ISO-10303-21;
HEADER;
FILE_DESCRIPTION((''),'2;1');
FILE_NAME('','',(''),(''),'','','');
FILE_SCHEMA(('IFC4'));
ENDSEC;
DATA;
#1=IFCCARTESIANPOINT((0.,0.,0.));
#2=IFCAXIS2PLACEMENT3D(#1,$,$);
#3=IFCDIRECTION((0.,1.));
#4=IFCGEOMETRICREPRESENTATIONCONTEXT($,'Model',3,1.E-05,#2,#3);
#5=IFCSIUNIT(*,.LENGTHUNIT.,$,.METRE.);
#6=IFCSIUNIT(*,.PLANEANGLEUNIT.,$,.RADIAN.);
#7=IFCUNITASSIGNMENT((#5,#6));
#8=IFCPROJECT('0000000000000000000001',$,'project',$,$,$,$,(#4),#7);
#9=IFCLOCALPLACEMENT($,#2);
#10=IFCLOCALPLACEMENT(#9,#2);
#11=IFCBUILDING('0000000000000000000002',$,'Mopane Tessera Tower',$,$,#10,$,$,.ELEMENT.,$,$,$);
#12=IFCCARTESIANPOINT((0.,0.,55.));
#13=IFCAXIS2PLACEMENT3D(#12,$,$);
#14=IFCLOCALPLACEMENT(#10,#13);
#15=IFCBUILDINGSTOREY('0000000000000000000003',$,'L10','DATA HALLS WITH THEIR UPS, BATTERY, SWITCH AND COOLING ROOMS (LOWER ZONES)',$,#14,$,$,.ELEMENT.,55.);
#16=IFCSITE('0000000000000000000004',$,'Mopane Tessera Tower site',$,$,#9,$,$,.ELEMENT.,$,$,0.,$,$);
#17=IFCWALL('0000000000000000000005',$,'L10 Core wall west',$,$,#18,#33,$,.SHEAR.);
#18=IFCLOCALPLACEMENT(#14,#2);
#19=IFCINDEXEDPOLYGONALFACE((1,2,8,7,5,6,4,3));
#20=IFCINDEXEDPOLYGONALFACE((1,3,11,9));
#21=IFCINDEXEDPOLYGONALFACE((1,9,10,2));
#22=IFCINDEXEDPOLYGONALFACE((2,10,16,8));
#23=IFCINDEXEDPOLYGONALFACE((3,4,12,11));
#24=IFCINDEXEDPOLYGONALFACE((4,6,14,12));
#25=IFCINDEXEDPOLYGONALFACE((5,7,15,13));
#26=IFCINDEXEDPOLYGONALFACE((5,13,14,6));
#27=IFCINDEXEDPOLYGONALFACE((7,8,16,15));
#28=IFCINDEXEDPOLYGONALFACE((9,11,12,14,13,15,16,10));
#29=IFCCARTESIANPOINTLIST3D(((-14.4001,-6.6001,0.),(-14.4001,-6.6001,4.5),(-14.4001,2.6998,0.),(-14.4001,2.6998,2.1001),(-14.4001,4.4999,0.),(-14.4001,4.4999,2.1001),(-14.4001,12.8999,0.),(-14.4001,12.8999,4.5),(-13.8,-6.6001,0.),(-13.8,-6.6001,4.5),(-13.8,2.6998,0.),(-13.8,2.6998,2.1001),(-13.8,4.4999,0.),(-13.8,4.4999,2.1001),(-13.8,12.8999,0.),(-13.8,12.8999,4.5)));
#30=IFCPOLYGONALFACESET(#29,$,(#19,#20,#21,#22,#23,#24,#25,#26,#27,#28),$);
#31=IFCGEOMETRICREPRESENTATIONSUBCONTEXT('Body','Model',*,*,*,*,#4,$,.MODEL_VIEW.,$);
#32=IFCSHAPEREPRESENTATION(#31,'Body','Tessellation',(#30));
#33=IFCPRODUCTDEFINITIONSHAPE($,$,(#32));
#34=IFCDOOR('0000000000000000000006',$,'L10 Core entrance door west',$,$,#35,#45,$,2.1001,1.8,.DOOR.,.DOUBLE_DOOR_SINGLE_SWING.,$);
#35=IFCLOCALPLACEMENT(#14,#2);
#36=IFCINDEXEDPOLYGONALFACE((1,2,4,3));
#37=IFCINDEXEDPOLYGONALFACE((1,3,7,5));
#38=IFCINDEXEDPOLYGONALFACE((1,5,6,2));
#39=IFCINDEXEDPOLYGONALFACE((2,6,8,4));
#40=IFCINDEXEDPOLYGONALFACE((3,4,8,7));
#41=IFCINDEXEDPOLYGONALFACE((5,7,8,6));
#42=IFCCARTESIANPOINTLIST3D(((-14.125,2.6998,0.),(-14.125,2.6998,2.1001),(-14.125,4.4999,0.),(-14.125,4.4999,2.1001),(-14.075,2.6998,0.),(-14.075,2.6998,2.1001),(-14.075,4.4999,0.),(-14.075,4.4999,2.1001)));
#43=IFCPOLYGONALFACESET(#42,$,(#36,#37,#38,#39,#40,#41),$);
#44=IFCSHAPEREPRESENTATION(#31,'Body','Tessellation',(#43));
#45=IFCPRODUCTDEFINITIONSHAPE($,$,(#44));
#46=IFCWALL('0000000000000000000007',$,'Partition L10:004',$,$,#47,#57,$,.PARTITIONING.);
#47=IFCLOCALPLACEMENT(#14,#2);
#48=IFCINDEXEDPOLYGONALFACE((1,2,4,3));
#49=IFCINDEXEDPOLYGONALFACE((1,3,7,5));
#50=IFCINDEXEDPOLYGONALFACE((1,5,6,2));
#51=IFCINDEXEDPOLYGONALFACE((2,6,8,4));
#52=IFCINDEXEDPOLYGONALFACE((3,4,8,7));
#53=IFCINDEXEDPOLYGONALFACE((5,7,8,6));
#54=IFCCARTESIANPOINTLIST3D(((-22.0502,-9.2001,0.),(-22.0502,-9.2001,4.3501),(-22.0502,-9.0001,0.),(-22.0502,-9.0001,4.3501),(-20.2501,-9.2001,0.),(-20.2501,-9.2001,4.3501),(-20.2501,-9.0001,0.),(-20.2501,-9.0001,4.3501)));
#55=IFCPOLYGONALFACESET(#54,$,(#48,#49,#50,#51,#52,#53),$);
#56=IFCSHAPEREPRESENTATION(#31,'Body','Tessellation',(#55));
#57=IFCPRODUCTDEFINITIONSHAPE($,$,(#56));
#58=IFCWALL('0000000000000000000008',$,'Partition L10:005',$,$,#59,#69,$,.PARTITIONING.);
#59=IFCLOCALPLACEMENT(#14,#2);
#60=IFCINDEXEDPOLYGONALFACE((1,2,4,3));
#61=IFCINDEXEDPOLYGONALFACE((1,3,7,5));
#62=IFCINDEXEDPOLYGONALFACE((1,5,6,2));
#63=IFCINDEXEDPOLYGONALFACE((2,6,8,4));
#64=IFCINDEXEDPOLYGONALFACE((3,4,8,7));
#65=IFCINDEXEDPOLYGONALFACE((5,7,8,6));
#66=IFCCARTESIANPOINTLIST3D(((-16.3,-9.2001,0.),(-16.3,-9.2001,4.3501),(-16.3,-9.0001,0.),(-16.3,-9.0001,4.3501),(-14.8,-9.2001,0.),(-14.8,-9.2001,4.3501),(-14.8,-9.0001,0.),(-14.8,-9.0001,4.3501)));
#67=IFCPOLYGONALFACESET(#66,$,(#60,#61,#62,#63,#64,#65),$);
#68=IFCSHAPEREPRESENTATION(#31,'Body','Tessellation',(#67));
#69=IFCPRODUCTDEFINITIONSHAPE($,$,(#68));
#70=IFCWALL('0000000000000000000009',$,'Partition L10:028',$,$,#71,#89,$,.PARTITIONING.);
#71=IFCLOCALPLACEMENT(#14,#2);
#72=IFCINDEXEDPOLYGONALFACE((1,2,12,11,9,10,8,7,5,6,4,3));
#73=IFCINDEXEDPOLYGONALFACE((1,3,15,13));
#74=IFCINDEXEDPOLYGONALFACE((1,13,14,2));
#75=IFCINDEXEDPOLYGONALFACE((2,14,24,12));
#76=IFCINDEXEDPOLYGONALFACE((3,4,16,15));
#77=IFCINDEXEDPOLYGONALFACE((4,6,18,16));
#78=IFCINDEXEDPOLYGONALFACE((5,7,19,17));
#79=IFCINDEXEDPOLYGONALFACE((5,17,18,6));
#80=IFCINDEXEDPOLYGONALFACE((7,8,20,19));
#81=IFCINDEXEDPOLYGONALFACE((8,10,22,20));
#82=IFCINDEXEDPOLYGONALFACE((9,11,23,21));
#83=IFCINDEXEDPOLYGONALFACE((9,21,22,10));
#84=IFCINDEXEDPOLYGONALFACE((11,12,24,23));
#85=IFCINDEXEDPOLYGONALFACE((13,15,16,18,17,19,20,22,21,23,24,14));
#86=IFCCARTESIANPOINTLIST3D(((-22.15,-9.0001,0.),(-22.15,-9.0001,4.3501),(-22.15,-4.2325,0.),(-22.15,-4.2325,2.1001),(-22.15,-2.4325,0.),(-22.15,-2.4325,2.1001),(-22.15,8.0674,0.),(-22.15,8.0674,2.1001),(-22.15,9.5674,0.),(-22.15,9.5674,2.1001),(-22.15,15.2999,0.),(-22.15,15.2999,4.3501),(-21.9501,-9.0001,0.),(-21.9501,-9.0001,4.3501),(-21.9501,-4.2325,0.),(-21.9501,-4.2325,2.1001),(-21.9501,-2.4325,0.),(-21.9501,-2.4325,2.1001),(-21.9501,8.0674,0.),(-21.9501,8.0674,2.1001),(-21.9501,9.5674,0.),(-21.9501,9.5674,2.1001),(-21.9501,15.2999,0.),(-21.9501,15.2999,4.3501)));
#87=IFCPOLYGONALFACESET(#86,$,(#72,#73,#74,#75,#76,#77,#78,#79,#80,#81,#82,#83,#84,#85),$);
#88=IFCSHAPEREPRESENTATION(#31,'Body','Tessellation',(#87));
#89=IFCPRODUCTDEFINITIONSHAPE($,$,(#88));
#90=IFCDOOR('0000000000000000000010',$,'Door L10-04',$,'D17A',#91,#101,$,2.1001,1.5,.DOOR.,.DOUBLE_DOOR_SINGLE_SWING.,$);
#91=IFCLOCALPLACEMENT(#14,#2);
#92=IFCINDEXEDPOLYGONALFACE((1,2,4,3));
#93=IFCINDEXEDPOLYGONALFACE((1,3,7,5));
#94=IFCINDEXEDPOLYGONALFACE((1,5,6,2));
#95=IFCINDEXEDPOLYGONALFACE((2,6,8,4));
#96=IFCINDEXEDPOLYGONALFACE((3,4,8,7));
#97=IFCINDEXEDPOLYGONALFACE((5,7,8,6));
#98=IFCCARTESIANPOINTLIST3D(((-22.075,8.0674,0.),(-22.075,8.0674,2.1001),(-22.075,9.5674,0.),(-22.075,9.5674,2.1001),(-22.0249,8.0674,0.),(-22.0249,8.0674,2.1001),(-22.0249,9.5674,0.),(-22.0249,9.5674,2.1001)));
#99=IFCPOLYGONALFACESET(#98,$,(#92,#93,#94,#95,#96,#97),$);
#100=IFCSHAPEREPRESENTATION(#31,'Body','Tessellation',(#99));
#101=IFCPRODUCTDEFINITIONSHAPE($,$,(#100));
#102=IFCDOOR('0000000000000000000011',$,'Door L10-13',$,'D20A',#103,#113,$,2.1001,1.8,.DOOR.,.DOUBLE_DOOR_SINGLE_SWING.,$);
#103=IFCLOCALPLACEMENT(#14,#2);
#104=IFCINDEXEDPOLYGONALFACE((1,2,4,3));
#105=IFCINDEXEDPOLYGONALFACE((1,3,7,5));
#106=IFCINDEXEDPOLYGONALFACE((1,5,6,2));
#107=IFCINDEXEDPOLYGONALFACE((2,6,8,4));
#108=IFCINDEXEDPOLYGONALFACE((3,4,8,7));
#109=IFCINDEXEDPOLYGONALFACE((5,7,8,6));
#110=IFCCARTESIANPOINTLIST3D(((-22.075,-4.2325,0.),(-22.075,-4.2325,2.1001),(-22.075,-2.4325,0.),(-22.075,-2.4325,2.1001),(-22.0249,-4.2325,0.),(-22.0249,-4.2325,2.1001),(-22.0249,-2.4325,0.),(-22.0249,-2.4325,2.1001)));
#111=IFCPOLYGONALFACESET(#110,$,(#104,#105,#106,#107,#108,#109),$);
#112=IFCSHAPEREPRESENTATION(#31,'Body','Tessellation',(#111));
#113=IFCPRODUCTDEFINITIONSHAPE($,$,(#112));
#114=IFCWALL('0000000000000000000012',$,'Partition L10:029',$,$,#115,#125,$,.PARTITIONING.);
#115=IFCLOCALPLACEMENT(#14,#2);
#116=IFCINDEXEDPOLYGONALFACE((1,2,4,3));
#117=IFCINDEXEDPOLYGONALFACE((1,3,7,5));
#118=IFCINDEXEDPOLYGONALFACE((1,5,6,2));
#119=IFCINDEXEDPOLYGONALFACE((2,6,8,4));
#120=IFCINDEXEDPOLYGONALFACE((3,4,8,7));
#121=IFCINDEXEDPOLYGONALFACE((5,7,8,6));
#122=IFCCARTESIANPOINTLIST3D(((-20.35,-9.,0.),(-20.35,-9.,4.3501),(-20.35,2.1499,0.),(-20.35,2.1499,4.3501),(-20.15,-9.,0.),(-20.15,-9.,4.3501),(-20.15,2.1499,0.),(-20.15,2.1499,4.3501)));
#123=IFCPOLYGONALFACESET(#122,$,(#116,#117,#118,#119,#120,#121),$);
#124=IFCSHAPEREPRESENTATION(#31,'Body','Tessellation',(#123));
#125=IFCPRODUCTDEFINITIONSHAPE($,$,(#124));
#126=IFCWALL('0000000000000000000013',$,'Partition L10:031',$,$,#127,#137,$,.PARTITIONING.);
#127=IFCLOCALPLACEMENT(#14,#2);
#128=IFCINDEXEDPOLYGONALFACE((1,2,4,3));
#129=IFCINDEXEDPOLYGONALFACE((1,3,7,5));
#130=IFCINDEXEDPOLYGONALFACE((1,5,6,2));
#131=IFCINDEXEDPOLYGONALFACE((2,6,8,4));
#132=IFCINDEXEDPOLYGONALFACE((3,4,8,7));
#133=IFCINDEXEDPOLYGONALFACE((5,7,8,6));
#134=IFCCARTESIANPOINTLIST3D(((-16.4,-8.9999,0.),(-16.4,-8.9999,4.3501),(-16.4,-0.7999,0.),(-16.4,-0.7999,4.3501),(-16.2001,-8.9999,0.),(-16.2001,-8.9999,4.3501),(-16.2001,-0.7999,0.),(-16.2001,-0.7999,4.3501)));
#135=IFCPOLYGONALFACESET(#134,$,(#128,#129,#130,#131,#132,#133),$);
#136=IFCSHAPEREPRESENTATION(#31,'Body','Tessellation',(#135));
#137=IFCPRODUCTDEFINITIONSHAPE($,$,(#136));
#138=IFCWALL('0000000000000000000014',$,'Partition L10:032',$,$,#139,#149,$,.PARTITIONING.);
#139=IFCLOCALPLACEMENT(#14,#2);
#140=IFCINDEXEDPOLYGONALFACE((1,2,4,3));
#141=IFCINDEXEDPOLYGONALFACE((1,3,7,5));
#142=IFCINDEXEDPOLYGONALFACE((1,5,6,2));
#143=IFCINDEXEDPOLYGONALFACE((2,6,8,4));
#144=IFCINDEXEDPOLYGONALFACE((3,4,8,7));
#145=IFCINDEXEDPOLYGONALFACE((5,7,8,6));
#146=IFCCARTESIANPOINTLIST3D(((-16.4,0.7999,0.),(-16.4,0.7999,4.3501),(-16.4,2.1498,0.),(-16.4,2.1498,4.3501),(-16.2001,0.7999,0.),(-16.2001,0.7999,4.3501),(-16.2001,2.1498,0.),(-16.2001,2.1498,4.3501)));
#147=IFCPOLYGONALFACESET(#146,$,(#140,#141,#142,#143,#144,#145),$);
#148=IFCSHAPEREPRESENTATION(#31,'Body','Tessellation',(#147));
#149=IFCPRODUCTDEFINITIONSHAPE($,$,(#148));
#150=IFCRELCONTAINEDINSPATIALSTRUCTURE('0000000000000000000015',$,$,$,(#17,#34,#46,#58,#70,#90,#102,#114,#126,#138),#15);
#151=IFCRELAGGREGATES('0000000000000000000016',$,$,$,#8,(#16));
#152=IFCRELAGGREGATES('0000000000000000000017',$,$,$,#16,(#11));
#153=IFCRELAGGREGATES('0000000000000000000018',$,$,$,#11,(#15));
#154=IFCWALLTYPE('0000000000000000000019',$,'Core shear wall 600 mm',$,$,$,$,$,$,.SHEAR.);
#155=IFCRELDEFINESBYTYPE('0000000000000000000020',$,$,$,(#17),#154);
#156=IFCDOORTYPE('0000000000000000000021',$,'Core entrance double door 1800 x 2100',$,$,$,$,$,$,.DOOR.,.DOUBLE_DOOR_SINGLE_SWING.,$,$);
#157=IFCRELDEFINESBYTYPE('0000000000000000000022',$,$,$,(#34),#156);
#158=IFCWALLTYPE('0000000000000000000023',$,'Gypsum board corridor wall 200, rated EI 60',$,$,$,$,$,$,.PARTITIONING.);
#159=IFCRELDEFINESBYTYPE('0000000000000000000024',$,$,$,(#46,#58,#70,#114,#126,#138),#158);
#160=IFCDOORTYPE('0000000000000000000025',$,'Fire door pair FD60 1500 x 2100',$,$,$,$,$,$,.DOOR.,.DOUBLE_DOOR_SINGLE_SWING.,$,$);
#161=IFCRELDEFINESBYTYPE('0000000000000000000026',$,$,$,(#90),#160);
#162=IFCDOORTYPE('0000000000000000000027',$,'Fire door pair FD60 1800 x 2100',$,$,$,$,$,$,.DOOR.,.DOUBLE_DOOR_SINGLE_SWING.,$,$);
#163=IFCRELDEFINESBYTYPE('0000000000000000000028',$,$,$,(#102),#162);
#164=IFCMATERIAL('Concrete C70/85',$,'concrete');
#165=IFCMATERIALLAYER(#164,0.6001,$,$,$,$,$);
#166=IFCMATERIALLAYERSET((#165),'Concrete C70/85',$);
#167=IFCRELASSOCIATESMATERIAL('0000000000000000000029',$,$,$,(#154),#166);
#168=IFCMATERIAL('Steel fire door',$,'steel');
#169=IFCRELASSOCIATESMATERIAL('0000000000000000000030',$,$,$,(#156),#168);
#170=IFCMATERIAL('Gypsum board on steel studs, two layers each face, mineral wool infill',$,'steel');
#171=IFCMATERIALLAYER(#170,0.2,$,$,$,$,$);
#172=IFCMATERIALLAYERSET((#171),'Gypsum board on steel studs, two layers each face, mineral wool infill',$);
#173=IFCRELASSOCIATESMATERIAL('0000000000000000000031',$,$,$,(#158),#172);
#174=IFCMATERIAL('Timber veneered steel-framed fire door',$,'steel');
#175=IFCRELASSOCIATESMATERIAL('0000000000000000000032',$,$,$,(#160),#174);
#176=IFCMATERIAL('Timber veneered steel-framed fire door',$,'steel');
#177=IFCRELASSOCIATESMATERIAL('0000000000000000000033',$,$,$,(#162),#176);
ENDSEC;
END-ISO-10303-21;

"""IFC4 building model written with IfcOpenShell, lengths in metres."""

from ifc_helpers import new_model, si_unit, direction, frame, frame_2d, origin, place, context, subcontext, project, spatial, rectangle, extrude, material, layer, layer_set, type_object, element, fill, save


model = new_model("IFC4")

# Units and contexts
model_context = context("Model", 3, precision=1e-05, world=origin(), true_north=direction((0.0, 1.0)))
body_context = subcontext(model_context, "Body", "Model", "MODEL_VIEW")
ifc_project = project(units=[si_unit("LENGTHUNIT", "METRE"), si_unit("PLANEANGLEUNIT", "RADIAN")], contexts=[model_context])

# Site, building, storey
site_placement = place(None, origin())
site = spatial("IfcSite", under=ifc_project, at=site_placement, Name="Mopane Tessera Tower site", CompositionType="ELEMENT", RefElevation=0.0)
building_placement = place(site_placement, origin())
building = spatial("IfcBuilding", under=site, at=building_placement, Name="Mopane Tessera Tower", CompositionType="ELEMENT")
storey_placement = place(building_placement, frame((0.0, 0.0, 55.0)))
storey = spatial("IfcBuildingStorey", under=building, at=storey_placement, Name="L10", Description="DATA HALLS WITH THEIR UPS, BATTERY, SWITCH AND COOLING ROOMS (LOWER ZONES)", CompositionType="ELEMENT", Elevation=55.0)

# Shared definitions
ifc_material_1 = material(Name="Concrete C70/85", Category="concrete")
ifc_layer_1 = layer(ifc_material_1, 0.6001)
ifc_layer_set_1 = layer_set([ifc_layer_1], Name="Concrete C70/85")
wall_type_1 = type_object("IfcWallType", Name="Core shear wall 600 mm", PredefinedType="SHEAR", material=ifc_layer_set_1)
ifc_material_2 = material(Name="Steel fire door", Category="steel")
door_type_1 = type_object("IfcDoorType", Name="Core entrance double door 1800 x 2100", OperationType="DOUBLE_DOOR_SINGLE_SWING", PredefinedType="DOOR", material=ifc_material_2)

# Wall, opening, door
wall_1_placement = place(storey_placement, frame((-14.1001, -6.6001, 0.0), z_axis=(0.0, 0.0, 1.0), x_axis=(0.0, 1.0, 0.0)))
wall_1 = element("IfcWall", 1, at=wall_1_placement, inside=storey, type_object=wall_type_1, Name="L10 Core wall west", PredefinedType="SHEAR", context=body_context, shape_type="SweptSolid", body=[
    extrude(rectangle(XDim=19.5, YDim=0.6001, at=frame_2d((9.75, 0.0))), origin(), (0.0, 0.0, 1.0), 4.5),
])
opening_1_placement = place(wall_1_placement, frame((9.3, 0.0, 0.0)))
opening_1 = element("IfcOpeningElement", 2, at=opening_1_placement, cuts=wall_1, PredefinedType="OPENING", context=body_context, shape_type="SweptSolid", body=[
    extrude(rectangle(XDim=1.8, YDim=2.1001, at=frame_2d((0.8999, 1.05))), frame((0.0, 0.312, 0.0), z_axis=(0.0, -1.0, 0.0), x_axis=(1.0, 0.0, 0.0)), (0.0, 0.0, 1.0), 0.624),
])
door_1_placement = place(opening_1_placement, origin())
door_1 = element("IfcDoor", 3, at=door_1_placement, inside=storey, type_object=door_type_1, Name="L10 Core entrance door west", OperationType="DOUBLE_DOOR_SINGLE_SWING", OverallHeight=2.1001, OverallWidth=1.8, PredefinedType="DOOR", context=body_context, shape_type="SweptSolid", body=[
    extrude(rectangle(XDim=1.8, YDim=2.1001, at=frame_2d((0.8999, 1.05))), frame((0.0, 0.0249, 0.0), z_axis=(0.0, -1.0, 0.0), x_axis=(1.0, 0.0, 0.0)), (0.0, 0.0, 1.0), 0.05),
])
fill(opening_1, door_1)

# Walls
ifc_material_3 = material(Name="Gypsum board on steel studs, two layers each face, mineral wool infill", Category="steel")
ifc_layer_2 = layer(ifc_material_3, 0.2)
ifc_layer_set_2 = layer_set([ifc_layer_2], Name="Gypsum board on steel studs, two layers each face, mineral wool infill")
wall_type_2 = type_object("IfcWallType", Name="Gypsum board corridor wall 200, rated EI 60", PredefinedType="PARTITIONING", material=ifc_layer_set_2)
wall_2_placement = place(storey_placement, frame((-22.05, -9.1001, 0.0), z_axis=(0.0, 0.0, 1.0), x_axis=(1.0, 0.0, 0.0)))
element("IfcWall", 4, at=wall_2_placement, inside=storey, type_object=wall_type_2, Name="Partition L10:004", PredefinedType="PARTITIONING", context=body_context, shape_type="SweptSolid", body=[
    extrude(rectangle(XDim=1.8, YDim=0.2, at=frame_2d((0.8999, 0.0))), origin(), (0.0, 0.0, 1.0), 4.3501),
])
wall_3_placement = place(storey_placement, frame((-16.3, -9.1001, 0.0), z_axis=(0.0, 0.0, 1.0), x_axis=(1.0, 0.0, 0.0)))
element("IfcWall", 5, at=wall_3_placement, inside=storey, type_object=wall_type_2, Name="Partition L10:005", PredefinedType="PARTITIONING", context=body_context, shape_type="SweptSolid", body=[
    extrude(rectangle(XDim=1.5, YDim=0.2, at=frame_2d((0.75, 0.0))), origin(), (0.0, 0.0, 1.0), 4.3501),
])

# Wall, openings, doors
wall_4_placement = place(storey_placement, frame((-22.05, -9.0, 0.0), z_axis=(0.0, 0.0, 1.0), x_axis=(0.0, 1.0, 0.0)))
wall_4 = element("IfcWall", 6, at=wall_4_placement, inside=storey, type_object=wall_type_2, Name="Partition L10:028", PredefinedType="PARTITIONING", context=body_context, shape_type="SweptSolid", body=[
    extrude(rectangle(XDim=24.3, YDim=0.2, at=frame_2d((12.1499, 0.0))), origin(), (0.0, 0.0, 1.0), 4.3501),
])
opening_2_placement = place(wall_4_placement, frame((17.0674, 0.0, 0.0)))
opening_2 = element("IfcOpeningElement", 7, at=opening_2_placement, cuts=wall_4, PredefinedType="OPENING", context=body_context, shape_type="SweptSolid", body=[
    extrude(rectangle(XDim=1.5, YDim=2.1001, at=frame_2d((0.75, 1.05))), frame((0.0, 0.1121, 0.0), z_axis=(0.0, -1.0, 0.0), x_axis=(1.0, 0.0, 0.0)), (0.0, 0.0, 1.0), 0.2239),
])
opening_3_placement = place(wall_4_placement, frame((4.7676, 0.0, 0.0)))
opening_3 = element("IfcOpeningElement", 8, at=opening_3_placement, cuts=wall_4, PredefinedType="OPENING", context=body_context, shape_type="SweptSolid", body=[
    extrude(rectangle(XDim=1.8, YDim=2.1001, at=frame_2d((0.8999, 1.05))), frame((0.0, 0.1121, 0.0), z_axis=(0.0, -1.0, 0.0), x_axis=(1.0, 0.0, 0.0)), (0.0, 0.0, 1.0), 0.2239),
])
ifc_material_4 = material(Name="Timber veneered steel-framed fire door", Category="steel")
door_type_2 = type_object("IfcDoorType", Name="Fire door pair FD60 1500 x 2100", OperationType="DOUBLE_DOOR_SINGLE_SWING", PredefinedType="DOOR", material=ifc_material_4)
door_2_placement = place(opening_2_placement, origin())
door_2 = element("IfcDoor", 9, at=door_2_placement, inside=storey, type_object=door_type_2, Name="Door L10-04", ObjectType="D17A", OperationType="DOUBLE_DOOR_SINGLE_SWING", OverallHeight=2.1001, OverallWidth=1.5, PredefinedType="DOOR", context=body_context, shape_type="SweptSolid", body=[
    extrude(rectangle(XDim=1.5, YDim=2.1001, at=frame_2d((0.75, 1.05))), frame((0.0, 0.0249, 0.0), z_axis=(0.0, -1.0, 0.0), x_axis=(1.0, 0.0, 0.0)), (0.0, 0.0, 1.0), 0.05),
])
fill(opening_2, door_2)
ifc_material_5 = material(Name="Timber veneered steel-framed fire door", Category="steel")
door_type_3 = type_object("IfcDoorType", Name="Fire door pair FD60 1800 x 2100", OperationType="DOUBLE_DOOR_SINGLE_SWING", PredefinedType="DOOR", material=ifc_material_5)
door_3_placement = place(opening_3_placement, origin())
door_3 = element("IfcDoor", 10, at=door_3_placement, inside=storey, type_object=door_type_3, Name="Door L10-13", ObjectType="D20A", OperationType="DOUBLE_DOOR_SINGLE_SWING", OverallHeight=2.1001, OverallWidth=1.8, PredefinedType="DOOR", context=body_context, shape_type="SweptSolid", body=[
    extrude(rectangle(XDim=1.8, YDim=2.1001, at=frame_2d((0.8999, 1.05))), frame((0.0, 0.0249, 0.0), z_axis=(0.0, -1.0, 0.0), x_axis=(1.0, 0.0, 0.0)), (0.0, 0.0, 1.0), 0.05),
])
fill(opening_3, door_3)

# Walls
wall_5_placement = place(storey_placement, frame((-20.25, -9.0, 0.0), z_axis=(0.0, 0.0, 1.0), x_axis=(0.0, 1.0, 0.0)))
element("IfcWall", 11, at=wall_5_placement, inside=storey, type_object=wall_type_2, Name="Partition L10:029", PredefinedType="PARTITIONING", context=body_context, shape_type="SweptSolid", body=[
    extrude(rectangle(XDim=11.1499, YDim=0.2, at=frame_2d((5.575, 0.0))), origin(), (0.0, 0.0, 1.0), 4.3501),
])
wall_6_placement = place(storey_placement, frame((-16.3, -9.0, 0.0), z_axis=(0.0, 0.0, 1.0), x_axis=(0.0, 1.0, 0.0)))
element("IfcWall", 12, at=wall_6_placement, inside=storey, type_object=wall_type_2, Name="Partition L10:031", PredefinedType="PARTITIONING", context=body_context, shape_type="SweptSolid", body=[
    extrude(rectangle(XDim=8.2, YDim=0.2, at=frame_2d((4.1001, 0.0))), origin(), (0.0, 0.0, 1.0), 4.3501),
])
wall_7_placement = place(storey_placement, frame((-16.3, 0.8, 0.0), z_axis=(0.0, 0.0, 1.0), x_axis=(0.0, 1.0, 0.0)))
element("IfcWall", 13, at=wall_7_placement, inside=storey, type_object=wall_type_2, Name="Partition L10:032", PredefinedType="PARTITIONING", context=body_context, shape_type="SweptSolid", body=[
    extrude(rectangle(XDim=1.3499, YDim=0.2, at=frame_2d((0.6748, 0.0))), origin(), (0.0, 0.0, 1.0), 4.3501),
])

save(model, "model.ifc")
